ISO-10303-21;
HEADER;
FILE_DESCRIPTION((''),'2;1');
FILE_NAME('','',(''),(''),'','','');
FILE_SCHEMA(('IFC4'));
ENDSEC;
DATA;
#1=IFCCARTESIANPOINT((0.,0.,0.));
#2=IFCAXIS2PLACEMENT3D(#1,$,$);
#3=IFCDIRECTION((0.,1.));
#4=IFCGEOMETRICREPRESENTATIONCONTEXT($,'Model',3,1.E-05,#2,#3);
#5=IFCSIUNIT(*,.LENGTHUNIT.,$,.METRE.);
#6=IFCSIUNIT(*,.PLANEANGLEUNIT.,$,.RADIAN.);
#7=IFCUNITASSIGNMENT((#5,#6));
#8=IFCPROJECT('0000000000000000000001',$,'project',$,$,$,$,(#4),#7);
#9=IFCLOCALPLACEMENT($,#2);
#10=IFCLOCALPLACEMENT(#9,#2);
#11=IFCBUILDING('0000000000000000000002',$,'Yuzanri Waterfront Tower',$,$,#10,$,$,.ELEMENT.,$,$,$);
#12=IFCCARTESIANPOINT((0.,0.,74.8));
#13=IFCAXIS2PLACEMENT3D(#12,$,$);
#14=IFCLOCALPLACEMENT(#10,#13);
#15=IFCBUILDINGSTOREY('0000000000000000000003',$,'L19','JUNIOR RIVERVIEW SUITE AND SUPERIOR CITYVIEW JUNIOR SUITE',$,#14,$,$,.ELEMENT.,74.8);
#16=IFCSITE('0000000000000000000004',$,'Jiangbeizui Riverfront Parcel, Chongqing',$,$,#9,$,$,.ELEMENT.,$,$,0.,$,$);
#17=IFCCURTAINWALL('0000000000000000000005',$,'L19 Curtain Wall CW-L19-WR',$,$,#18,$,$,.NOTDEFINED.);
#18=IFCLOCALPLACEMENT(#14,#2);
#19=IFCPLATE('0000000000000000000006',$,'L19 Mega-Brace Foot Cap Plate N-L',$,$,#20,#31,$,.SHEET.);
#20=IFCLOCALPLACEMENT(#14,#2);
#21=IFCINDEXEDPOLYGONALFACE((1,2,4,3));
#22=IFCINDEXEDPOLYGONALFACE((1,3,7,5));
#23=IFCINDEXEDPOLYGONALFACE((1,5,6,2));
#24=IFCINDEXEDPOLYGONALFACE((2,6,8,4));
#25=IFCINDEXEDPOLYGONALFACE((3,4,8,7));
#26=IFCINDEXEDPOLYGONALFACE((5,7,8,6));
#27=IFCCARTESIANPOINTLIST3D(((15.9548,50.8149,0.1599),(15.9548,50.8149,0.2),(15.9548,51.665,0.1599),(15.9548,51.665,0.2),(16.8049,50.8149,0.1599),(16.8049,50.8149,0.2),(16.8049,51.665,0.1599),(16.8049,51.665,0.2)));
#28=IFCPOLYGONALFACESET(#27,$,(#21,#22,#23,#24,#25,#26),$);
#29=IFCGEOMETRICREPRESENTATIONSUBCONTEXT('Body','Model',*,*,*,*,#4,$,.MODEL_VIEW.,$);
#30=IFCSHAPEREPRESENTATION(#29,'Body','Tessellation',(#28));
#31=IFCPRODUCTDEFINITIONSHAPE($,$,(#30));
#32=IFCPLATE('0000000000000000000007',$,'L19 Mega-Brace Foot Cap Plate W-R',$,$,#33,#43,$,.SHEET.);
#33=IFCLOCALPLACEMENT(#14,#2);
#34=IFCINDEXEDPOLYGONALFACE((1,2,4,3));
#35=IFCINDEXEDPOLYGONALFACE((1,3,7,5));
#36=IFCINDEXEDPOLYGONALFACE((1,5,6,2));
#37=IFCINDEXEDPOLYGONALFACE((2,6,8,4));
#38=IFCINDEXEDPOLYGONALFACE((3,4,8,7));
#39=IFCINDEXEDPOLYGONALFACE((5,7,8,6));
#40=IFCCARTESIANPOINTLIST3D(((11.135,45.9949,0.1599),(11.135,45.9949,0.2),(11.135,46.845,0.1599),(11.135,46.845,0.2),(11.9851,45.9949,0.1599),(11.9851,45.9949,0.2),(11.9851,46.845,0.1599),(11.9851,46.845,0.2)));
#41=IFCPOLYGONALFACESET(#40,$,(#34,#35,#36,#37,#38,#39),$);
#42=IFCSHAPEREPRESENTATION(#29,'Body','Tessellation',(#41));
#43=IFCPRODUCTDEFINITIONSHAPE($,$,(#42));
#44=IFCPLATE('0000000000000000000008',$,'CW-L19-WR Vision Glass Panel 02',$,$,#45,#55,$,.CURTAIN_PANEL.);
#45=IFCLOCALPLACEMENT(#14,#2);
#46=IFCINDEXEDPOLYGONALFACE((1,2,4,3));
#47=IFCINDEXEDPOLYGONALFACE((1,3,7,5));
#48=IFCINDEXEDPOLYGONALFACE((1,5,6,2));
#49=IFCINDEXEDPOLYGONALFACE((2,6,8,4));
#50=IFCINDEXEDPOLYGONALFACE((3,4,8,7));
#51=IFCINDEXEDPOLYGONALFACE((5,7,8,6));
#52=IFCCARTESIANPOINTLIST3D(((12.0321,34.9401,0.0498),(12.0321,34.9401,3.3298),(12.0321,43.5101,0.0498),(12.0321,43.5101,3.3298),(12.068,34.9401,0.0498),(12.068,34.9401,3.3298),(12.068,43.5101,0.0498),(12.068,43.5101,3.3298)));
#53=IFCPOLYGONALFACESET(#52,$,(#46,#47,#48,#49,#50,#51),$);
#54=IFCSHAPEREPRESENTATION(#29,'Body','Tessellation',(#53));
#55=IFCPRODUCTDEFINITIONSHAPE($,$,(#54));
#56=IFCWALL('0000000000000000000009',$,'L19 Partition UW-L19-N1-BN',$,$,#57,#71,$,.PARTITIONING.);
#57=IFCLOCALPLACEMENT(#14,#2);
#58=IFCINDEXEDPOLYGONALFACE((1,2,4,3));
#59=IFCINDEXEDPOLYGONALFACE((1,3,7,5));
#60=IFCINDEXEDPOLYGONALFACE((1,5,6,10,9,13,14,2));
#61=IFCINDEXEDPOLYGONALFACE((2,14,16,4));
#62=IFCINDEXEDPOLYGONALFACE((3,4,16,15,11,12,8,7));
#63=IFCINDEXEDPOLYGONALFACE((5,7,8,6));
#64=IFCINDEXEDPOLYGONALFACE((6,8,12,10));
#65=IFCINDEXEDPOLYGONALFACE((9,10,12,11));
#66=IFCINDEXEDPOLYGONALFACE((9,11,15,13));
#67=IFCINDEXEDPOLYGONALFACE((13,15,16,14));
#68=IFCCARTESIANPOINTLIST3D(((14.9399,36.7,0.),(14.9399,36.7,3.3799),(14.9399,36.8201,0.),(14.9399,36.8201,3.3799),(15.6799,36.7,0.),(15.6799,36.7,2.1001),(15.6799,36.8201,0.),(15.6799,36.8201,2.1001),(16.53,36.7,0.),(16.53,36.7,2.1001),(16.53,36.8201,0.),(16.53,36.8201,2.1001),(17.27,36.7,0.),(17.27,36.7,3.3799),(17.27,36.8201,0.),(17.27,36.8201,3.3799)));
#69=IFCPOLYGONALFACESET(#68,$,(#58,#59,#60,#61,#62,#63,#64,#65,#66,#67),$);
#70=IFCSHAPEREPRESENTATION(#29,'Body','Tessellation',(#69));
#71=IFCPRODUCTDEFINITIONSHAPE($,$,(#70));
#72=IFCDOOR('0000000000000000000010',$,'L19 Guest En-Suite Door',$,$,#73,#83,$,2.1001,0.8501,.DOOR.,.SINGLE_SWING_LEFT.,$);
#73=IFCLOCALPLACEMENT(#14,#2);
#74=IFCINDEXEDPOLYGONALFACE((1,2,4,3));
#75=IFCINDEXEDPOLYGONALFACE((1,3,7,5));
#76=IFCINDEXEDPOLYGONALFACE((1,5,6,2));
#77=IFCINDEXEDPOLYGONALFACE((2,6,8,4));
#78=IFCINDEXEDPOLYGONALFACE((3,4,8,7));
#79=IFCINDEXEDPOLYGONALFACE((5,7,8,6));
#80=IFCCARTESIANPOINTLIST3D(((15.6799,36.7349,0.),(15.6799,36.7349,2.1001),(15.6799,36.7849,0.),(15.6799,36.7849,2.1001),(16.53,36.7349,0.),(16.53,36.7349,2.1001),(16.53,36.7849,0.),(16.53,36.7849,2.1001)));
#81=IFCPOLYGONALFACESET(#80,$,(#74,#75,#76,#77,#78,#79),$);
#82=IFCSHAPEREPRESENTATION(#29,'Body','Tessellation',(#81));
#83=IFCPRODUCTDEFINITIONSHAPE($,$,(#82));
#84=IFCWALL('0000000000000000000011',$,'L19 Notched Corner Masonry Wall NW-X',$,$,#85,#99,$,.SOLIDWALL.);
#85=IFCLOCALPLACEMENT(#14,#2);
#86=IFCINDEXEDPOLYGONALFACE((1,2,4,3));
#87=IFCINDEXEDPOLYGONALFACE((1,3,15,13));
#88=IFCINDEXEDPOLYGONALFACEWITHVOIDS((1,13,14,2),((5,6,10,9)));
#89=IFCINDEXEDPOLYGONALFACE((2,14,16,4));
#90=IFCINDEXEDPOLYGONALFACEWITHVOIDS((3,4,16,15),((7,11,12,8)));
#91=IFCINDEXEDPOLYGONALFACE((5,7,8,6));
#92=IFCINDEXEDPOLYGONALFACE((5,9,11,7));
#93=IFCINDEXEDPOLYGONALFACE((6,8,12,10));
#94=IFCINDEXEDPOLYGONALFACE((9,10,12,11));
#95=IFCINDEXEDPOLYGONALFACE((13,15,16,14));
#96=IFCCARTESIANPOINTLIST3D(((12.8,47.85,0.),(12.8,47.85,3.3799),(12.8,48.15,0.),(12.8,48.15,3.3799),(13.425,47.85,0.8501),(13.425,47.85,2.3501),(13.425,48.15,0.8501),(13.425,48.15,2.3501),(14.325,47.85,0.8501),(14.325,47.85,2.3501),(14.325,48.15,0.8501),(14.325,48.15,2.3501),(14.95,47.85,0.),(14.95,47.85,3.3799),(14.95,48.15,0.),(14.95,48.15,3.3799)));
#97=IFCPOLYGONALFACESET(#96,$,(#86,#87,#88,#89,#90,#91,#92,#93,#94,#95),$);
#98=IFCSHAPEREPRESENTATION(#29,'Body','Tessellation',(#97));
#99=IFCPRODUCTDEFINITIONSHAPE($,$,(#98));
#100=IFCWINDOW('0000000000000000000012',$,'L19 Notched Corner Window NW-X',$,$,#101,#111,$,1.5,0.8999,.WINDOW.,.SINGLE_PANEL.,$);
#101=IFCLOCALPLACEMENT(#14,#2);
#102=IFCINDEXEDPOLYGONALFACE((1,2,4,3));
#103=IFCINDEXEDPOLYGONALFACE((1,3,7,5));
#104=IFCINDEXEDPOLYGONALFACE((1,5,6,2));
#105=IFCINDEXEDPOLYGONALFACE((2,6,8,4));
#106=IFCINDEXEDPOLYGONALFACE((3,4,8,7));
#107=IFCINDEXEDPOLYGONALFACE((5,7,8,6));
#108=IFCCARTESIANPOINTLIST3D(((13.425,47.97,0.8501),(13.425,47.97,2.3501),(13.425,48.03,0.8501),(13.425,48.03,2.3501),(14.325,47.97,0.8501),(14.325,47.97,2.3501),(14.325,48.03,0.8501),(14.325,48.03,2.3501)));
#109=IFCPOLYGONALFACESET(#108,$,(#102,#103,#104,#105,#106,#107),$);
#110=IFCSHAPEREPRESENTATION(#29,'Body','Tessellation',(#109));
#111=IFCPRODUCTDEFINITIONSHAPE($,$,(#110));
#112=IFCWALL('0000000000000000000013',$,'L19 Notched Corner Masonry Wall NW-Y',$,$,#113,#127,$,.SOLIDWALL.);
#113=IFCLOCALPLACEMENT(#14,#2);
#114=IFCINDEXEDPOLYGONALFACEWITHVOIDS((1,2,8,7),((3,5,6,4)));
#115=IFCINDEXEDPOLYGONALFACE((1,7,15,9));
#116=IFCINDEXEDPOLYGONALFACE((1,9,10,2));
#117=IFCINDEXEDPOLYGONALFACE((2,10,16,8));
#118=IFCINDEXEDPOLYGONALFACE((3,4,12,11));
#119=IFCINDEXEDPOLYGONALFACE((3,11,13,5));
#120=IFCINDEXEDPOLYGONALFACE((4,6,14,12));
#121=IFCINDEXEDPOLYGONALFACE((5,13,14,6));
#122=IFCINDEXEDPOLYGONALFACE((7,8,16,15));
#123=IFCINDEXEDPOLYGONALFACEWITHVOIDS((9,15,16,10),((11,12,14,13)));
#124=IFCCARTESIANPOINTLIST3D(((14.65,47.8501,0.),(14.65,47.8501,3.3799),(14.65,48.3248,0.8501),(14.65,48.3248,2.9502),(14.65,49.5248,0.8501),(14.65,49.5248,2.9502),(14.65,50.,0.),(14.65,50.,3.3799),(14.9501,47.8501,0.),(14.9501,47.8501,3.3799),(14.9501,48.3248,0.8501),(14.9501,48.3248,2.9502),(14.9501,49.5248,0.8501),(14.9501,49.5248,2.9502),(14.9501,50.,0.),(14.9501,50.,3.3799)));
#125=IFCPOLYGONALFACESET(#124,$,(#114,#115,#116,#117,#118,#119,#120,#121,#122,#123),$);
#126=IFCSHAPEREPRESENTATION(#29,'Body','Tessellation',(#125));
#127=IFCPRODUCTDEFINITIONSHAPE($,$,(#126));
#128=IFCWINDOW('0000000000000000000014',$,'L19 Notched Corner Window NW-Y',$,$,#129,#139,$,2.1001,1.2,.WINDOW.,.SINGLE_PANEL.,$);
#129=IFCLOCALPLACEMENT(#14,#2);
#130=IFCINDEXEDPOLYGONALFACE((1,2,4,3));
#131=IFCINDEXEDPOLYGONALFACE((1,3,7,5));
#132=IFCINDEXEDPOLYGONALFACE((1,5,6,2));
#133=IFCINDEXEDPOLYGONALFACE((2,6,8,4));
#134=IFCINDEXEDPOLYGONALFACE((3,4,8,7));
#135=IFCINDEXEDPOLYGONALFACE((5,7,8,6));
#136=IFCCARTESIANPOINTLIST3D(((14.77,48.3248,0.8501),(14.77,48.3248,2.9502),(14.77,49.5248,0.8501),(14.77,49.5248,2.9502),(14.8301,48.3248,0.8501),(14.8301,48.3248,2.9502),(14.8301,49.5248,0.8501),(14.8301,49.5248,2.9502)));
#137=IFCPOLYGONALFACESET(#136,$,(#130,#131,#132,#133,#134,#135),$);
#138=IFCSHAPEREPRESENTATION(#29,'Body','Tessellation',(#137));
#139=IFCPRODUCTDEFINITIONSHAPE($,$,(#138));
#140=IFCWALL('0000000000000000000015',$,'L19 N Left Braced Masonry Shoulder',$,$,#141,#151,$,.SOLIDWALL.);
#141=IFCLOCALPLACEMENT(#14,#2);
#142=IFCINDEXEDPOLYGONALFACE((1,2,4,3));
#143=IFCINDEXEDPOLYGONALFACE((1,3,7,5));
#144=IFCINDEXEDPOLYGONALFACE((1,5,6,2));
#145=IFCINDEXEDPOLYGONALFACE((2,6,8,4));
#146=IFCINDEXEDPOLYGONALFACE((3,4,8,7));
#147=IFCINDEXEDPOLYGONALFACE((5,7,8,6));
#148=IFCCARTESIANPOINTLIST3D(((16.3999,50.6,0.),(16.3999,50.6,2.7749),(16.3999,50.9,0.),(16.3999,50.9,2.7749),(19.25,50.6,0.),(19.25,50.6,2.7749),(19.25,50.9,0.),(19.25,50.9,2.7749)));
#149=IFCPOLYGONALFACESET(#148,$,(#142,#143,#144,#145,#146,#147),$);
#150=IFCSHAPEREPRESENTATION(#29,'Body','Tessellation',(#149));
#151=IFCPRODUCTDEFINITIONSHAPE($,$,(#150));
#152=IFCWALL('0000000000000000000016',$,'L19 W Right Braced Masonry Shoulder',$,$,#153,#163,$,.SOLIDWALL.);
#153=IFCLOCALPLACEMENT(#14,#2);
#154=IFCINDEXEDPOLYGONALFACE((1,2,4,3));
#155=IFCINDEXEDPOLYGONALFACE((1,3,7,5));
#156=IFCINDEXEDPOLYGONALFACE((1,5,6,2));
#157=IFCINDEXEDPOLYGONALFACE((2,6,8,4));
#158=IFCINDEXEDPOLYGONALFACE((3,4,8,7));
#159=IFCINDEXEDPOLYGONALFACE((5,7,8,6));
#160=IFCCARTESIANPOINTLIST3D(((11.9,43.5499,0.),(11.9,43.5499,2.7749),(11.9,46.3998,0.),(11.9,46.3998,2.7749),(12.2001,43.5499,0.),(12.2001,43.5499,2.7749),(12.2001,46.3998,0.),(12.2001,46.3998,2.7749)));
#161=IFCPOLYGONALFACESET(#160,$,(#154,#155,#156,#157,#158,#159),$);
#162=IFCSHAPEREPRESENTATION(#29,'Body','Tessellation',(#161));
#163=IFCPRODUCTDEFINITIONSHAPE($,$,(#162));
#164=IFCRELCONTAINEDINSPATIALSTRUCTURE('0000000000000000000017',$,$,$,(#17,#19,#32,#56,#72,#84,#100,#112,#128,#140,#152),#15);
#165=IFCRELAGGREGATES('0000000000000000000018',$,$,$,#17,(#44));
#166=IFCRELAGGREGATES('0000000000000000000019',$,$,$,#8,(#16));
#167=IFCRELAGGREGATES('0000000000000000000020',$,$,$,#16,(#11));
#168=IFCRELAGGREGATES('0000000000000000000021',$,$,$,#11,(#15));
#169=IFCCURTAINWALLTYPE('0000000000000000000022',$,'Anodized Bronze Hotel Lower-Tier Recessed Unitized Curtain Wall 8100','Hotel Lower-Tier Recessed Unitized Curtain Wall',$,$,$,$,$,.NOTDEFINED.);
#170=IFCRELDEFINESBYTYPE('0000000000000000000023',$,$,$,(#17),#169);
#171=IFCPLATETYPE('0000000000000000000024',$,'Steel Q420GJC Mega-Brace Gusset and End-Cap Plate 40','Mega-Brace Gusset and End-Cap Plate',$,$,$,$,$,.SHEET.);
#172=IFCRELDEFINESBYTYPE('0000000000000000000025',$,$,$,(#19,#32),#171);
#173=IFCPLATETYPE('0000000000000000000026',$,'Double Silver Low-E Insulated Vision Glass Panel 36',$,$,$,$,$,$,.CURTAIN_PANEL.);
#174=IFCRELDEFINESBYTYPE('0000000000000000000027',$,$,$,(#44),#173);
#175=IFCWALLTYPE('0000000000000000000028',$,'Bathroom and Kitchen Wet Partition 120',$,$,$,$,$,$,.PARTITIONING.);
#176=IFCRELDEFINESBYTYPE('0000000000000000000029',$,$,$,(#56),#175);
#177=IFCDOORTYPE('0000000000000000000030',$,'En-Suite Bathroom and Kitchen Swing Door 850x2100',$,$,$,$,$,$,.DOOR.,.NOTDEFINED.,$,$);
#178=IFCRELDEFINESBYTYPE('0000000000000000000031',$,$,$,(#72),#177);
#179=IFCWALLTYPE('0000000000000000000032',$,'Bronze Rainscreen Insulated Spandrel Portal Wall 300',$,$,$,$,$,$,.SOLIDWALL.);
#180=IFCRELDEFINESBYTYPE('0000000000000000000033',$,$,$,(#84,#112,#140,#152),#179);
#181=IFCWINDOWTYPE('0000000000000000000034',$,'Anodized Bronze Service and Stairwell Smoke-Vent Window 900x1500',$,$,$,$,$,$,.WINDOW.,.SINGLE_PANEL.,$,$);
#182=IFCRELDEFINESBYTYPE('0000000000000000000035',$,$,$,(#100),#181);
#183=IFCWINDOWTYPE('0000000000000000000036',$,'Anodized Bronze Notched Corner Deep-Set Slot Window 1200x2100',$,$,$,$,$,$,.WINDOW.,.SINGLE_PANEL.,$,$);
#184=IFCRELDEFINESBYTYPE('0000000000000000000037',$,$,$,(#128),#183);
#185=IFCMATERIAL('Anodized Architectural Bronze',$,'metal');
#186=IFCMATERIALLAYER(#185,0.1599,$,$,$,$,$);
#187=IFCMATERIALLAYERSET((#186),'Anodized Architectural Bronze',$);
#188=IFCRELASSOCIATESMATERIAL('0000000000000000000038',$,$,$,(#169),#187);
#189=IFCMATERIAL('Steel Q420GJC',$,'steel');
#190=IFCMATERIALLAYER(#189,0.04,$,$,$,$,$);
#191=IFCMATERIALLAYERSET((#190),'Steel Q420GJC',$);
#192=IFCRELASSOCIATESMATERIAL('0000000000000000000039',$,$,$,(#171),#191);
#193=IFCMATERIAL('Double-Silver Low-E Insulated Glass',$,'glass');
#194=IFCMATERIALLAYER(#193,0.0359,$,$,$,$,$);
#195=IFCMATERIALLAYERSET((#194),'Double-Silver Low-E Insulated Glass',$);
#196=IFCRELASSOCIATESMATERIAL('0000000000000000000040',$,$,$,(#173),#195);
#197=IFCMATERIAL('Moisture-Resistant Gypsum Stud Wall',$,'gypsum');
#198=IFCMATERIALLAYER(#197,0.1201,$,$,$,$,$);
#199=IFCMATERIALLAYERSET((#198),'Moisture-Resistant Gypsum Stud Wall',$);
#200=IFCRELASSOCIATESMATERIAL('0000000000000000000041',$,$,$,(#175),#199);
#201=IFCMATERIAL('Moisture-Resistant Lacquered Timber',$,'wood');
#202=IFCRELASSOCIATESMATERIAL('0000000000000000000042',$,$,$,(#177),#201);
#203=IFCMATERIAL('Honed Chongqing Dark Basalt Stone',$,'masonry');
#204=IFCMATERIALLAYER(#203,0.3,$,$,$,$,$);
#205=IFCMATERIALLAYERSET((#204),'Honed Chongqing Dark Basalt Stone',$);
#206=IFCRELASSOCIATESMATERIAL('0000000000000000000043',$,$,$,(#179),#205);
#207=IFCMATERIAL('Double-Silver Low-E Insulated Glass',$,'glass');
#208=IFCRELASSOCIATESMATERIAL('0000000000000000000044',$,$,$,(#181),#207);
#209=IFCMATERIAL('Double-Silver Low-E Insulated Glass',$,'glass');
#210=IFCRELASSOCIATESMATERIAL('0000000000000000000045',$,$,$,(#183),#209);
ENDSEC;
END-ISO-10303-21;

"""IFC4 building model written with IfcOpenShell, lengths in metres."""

from ifc_helpers import new_model, si_unit, direction, frame, frame_2d, origin, origin_2d, place, context, subcontext, project, spatial, rectangle, extrude, source, transform, mapped, material, layer, layer_set, type_object, element, fill, aggregate, save


model = new_model("IFC4")

# Units and contexts
model_context = context("Model", 3, precision=1e-05, world=origin(), true_north=direction((0.0, 1.0)))
body_context = subcontext(model_context, "Body", "Model", "MODEL_VIEW")
ifc_project = project(units=[si_unit("LENGTHUNIT", "METRE"), si_unit("PLANEANGLEUNIT", "RADIAN")], contexts=[model_context])

# Site, building, storey
site_placement = place(None, origin())
site = spatial("IfcSite", under=ifc_project, at=site_placement, Name="Jiangbeizui Riverfront Parcel, Chongqing", CompositionType="ELEMENT", RefElevation=0.0)
building_placement = place(site_placement, origin())
building = spatial("IfcBuilding", under=site, at=building_placement, Name="Yuzanri Waterfront Tower", CompositionType="ELEMENT")
storey_placement = place(building_placement, frame((0.0, 0.0, 74.8)))
storey = spatial("IfcBuildingStorey", under=building, at=storey_placement, Name="L19", Description="JUNIOR RIVERVIEW SUITE AND SUPERIOR CITYVIEW JUNIOR SUITE", CompositionType="ELEMENT", Elevation=74.8)

# Curtain wall
ifc_material_1 = material(Name="Anodized Architectural Bronze", Category="metal")
ifc_layer_1 = layer(ifc_material_1, 0.1599)
ifc_layer_set_1 = layer_set([ifc_layer_1], Name="Anodized Architectural Bronze")
curtain_wall_type = type_object("IfcCurtainWallType", Name="Anodized Bronze Hotel Lower-Tier Recessed Unitized Curtain Wall 8100", Description="Hotel Lower-Tier Recessed Unitized Curtain Wall", PredefinedType="NOTDEFINED", material=ifc_layer_set_1)
curtain_wall_placement = place(storey_placement, origin())
curtain_wall = element("IfcCurtainWall", 1, at=curtain_wall_placement, inside=storey, type_object=curtain_wall_type, Name="L19 Curtain Wall CW-L19-WR", PredefinedType="NOTDEFINED")

# Plates
ifc_material_2 = material(Name="Steel Q420GJC", Category="steel")
ifc_layer_2 = layer(ifc_material_2, 0.04)
ifc_layer_set_2 = layer_set([ifc_layer_2], Name="Steel Q420GJC")
plate_type_1 = type_object("IfcPlateType", Name="Steel Q420GJC Mega-Brace Gusset and End-Cap Plate 40", Description="Mega-Brace Gusset and End-Cap Plate", PredefinedType="SHEET", material=ifc_layer_set_2)
shared_shape_1 = source(origin(), body_context, "Body", "SweptSolid", [
    extrude(rectangle(XDim=0.8501, YDim=0.8501, at=origin_2d()), origin(), (0.0, 0.0, 1.0), 0.04),
])
for number, where, z_axis, x_axis, name in (
    (2, (16.3799, 51.24, 0.1599), (0.0, 0.0, 1.0), (1.0, 0.0, 0.0), "L19 Mega-Brace Foot Cap Plate N-L"),
    (3, (11.5601, 46.4199, 0.1599), (0.0, 0.0, 1.0), (1.0, 0.0, 0.0), "L19 Mega-Brace Foot Cap Plate W-R"),
):
    element("IfcPlate", number, at=place(storey_placement, frame(where, z_axis=z_axis, x_axis=x_axis)), inside=storey, type_object=plate_type_1, Name=name, PredefinedType="SHEET", context=body_context, shape_type="MappedRepresentation", body=[
        mapped(shared_shape_1, transform((0.0, 0.0, 0.0), scale=1.0)),
    ])

# Plate
ifc_material_3 = material(Name="Double-Silver Low-E Insulated Glass", Category="glass")
ifc_layer_3 = layer(ifc_material_3, 0.0359)
ifc_layer_set_3 = layer_set([ifc_layer_3], Name="Double-Silver Low-E Insulated Glass")
plate_type_2 = type_object("IfcPlateType", Name="Double Silver Low-E Insulated Vision Glass Panel 36", PredefinedType="CURTAIN_PANEL", material=ifc_layer_set_3)
shared_shape_2 = source(origin(), body_context, "Body", "SweptSolid", [
    extrude(rectangle(XDim=8.5701, YDim=0.0359, at=origin_2d()), origin(), (0.0, 0.0, 1.0), 3.28),
])
plate_placement = place(storey_placement, frame((12.05, 39.2251, 0.0498), z_axis=(0.0, 0.0, 1.0), x_axis=(0.0, 1.0, 0.0)))
plate = element("IfcPlate", 4, at=plate_placement, type_object=plate_type_2, Name="CW-L19-WR Vision Glass Panel 02", PredefinedType="CURTAIN_PANEL", context=body_context, shape_type="MappedRepresentation", body=[
    mapped(shared_shape_2, transform((0.0, 0.0, 0.0), scale=1.0)),
])
aggregate(curtain_wall, [plate])

# Wall, opening, door
ifc_material_4 = material(Name="Moisture-Resistant Gypsum Stud Wall", Category="gypsum")
ifc_layer_4 = layer(ifc_material_4, 0.1201)
ifc_layer_set_4 = layer_set([ifc_layer_4], Name="Moisture-Resistant Gypsum Stud Wall")
wall_type_1 = type_object("IfcWallType", Name="Bathroom and Kitchen Wet Partition 120", PredefinedType="PARTITIONING", material=ifc_layer_set_4)
wall_1_placement = place(storey_placement, frame((14.9399, 36.76, 0.0), z_axis=(0.0, 0.0, 1.0), x_axis=(1.0, 0.0, 0.0)))
wall_1 = element("IfcWall", 5, at=wall_1_placement, inside=storey, type_object=wall_type_1, Name="L19 Partition UW-L19-N1-BN", PredefinedType="PARTITIONING", context=body_context, shape_type="SweptSolid", body=[
    extrude(rectangle(XDim=2.3301, YDim=0.1201, at=frame_2d((1.165, 0.0))), origin(), (0.0, 0.0, 1.0), 3.3799),
])
opening_1_placement = place(wall_1_placement, frame((0.74, 0.0, 0.0)))
opening_1 = element("IfcOpeningElement", 6, at=opening_1_placement, cuts=wall_1, PredefinedType="OPENING", context=body_context, shape_type="SweptSolid", body=[
    extrude(rectangle(XDim=0.8501, YDim=2.1001, at=frame_2d((0.425, 1.05))), frame((0.0, 0.075, 0.0), z_axis=(0.0, -1.0, 0.0), x_axis=(1.0, 0.0, 0.0)), (0.0, 0.0, 1.0), 0.1499),
])
ifc_material_5 = material(Name="Moisture-Resistant Lacquered Timber", Category="wood")
door_type = type_object("IfcDoorType", Name="En-Suite Bathroom and Kitchen Swing Door 850x2100", OperationType="NOTDEFINED", PredefinedType="DOOR", material=ifc_material_5)
shared_shape_3 = source(origin(), body_context, "Body", "SweptSolid", [
    extrude(rectangle(XDim=0.8501, YDim=2.1001, at=frame_2d((0.425, 1.05))), frame((0.0, 0.0249, 0.0), z_axis=(0.0, -1.0, 0.0), x_axis=(1.0, 0.0, 0.0)), (0.0, 0.0, 1.0), 0.05),
])
door_placement = place(opening_1_placement, origin())
door = element("IfcDoor", 7, at=door_placement, inside=storey, type_object=door_type, Name="L19 Guest En-Suite Door", OperationType="SINGLE_SWING_LEFT", OverallHeight=2.1001, OverallWidth=0.8501, PredefinedType="DOOR", context=body_context, shape_type="MappedRepresentation", body=[
    mapped(shared_shape_3, transform((0.0, 0.0, 0.0), scale=1.0)),
])
fill(opening_1, door)

# Walls, openings, windows
ifc_material_6 = material(Name="Honed Chongqing Dark Basalt Stone", Category="masonry")
ifc_layer_5 = layer(ifc_material_6, 0.3)
ifc_layer_set_5 = layer_set([ifc_layer_5], Name="Honed Chongqing Dark Basalt Stone")
wall_type_2 = type_object("IfcWallType", Name="Bronze Rainscreen Insulated Spandrel Portal Wall 300", PredefinedType="SOLIDWALL", material=ifc_layer_set_5)
wall_2_placement = place(storey_placement, frame((14.95, 48.0, 0.0), z_axis=(0.0, 0.0, 1.0), x_axis=(-1.0, 0.0, 0.0)))
wall_2 = element("IfcWall", 8, at=wall_2_placement, inside=storey, type_object=wall_type_2, Name="L19 Notched Corner Masonry Wall NW-X", PredefinedType="SOLIDWALL", context=body_context, shape_type="SweptSolid", body=[
    extrude(rectangle(XDim=2.1499, YDim=0.3, at=frame_2d((1.075, 0.0))), origin(), (0.0, 0.0, 1.0), 3.3799),
])
opening_2_placement = place(wall_2_placement, frame((0.625, 0.0, 0.8501)))
opening_2 = element("IfcOpeningElement", 9, at=opening_2_placement, cuts=wall_2, PredefinedType="OPENING", context=body_context, shape_type="SweptSolid", body=[
    extrude(rectangle(XDim=0.8999, YDim=1.5, at=frame_2d((0.45, 0.75))), frame((0.0, 0.165, 0.0), z_axis=(0.0, -1.0, 0.0), x_axis=(1.0, 0.0, 0.0)), (0.0, 0.0, 1.0), 0.3298),
])
ifc_material_7 = material(Name="Double-Silver Low-E Insulated Glass", Category="glass")
window_type_1 = type_object("IfcWindowType", Name="Anodized Bronze Service and Stairwell Smoke-Vent Window 900x1500", PartitioningType="SINGLE_PANEL", PredefinedType="WINDOW", material=ifc_material_7)
shared_shape_4 = source(origin(), body_context, "Body", "SweptSolid", [
    extrude(rectangle(XDim=0.8999, YDim=1.5, at=frame_2d((0.45, 0.75))), frame((0.0, 0.03, 0.0), z_axis=(0.0, -1.0, 0.0), x_axis=(1.0, 0.0, 0.0)), (0.0, 0.0, 1.0), 0.0601),
])
window_1_placement = place(opening_2_placement, origin())
window_1 = element("IfcWindow", 10, at=window_1_placement, inside=storey, type_object=window_type_1, Name="L19 Notched Corner Window NW-X", OverallHeight=1.5, OverallWidth=0.8999, PartitioningType="SINGLE_PANEL", PredefinedType="WINDOW", context=body_context, shape_type="MappedRepresentation", body=[
    mapped(shared_shape_4, transform((0.0, 0.0, 0.0), scale=1.0)),
])
fill(opening_2, window_1)
wall_3_placement = place(storey_placement, frame((14.8, 50.0, 0.0), z_axis=(0.0, 0.0, 1.0), x_axis=(0.0, -1.0, 0.0)))
wall_3 = element("IfcWall", 11, at=wall_3_placement, inside=storey, type_object=wall_type_2, Name="L19 Notched Corner Masonry Wall NW-Y", PredefinedType="SOLIDWALL", context=body_context, shape_type="SweptSolid", body=[
    extrude(rectangle(XDim=2.1499, YDim=0.3, at=frame_2d((1.075, 0.0))), origin(), (0.0, 0.0, 1.0), 3.3799),
])
opening_3_placement = place(wall_3_placement, frame((0.4751, 0.0, 0.8501)))
opening_3 = element("IfcOpeningElement", 12, at=opening_3_placement, cuts=wall_3, PredefinedType="OPENING", context=body_context, shape_type="SweptSolid", body=[
    extrude(rectangle(XDim=1.2, YDim=2.1001, at=frame_2d((0.6001, 1.05))), frame((0.0, 0.165, 0.0), z_axis=(0.0, -1.0, 0.0), x_axis=(1.0, 0.0, 0.0)), (0.0, 0.0, 1.0), 0.3298),
])
ifc_material_8 = material(Name="Double-Silver Low-E Insulated Glass", Category="glass")
window_type_2 = type_object("IfcWindowType", Name="Anodized Bronze Notched Corner Deep-Set Slot Window 1200x2100", PartitioningType="SINGLE_PANEL", PredefinedType="WINDOW", material=ifc_material_8)
shared_shape_5 = source(origin(), body_context, "Body", "SweptSolid", [
    extrude(rectangle(XDim=1.2, YDim=2.1001, at=frame_2d((0.6001, 1.05))), frame((0.0, 0.03, 0.0), z_axis=(0.0, -1.0, 0.0), x_axis=(1.0, 0.0, 0.0)), (0.0, 0.0, 1.0), 0.0601),
])
window_2_placement = place(opening_3_placement, origin())
window_2 = element("IfcWindow", 13, at=window_2_placement, inside=storey, type_object=window_type_2, Name="L19 Notched Corner Window NW-Y", OverallHeight=2.1001, OverallWidth=1.2, PartitioningType="SINGLE_PANEL", PredefinedType="WINDOW", context=body_context, shape_type="MappedRepresentation", body=[
    mapped(shared_shape_5, transform((0.0, 0.0, 0.0), scale=1.0)),
])
fill(opening_3, window_2)

# Walls
shared_shape_6 = source(origin(), body_context, "Body", "SweptSolid", [
    extrude(rectangle(XDim=2.8501, YDim=0.3, at=frame_2d((1.425, 0.0))), origin(), (0.0, 0.0, 1.0), 2.7749),
])
wall_4_placement = place(storey_placement, frame((16.3999, 50.75, 0.0), z_axis=(0.0, 0.0, 1.0), x_axis=(1.0, 0.0, 0.0)))
element("IfcWall", 14, at=wall_4_placement, inside=storey, type_object=wall_type_2, Name="L19 N Left Braced Masonry Shoulder", PredefinedType="SOLIDWALL", context=body_context, shape_type="MappedRepresentation", body=[
    mapped(shared_shape_6, transform((0.0, 0.0, 0.0), scale=1.0)),
])
shared_shape_7 = source(origin(), body_context, "Body", "SweptSolid", [
    extrude(rectangle(XDim=2.8499, YDim=0.3, at=frame_2d((1.4248, 0.0))), origin(), (0.0, 0.0, 1.0), 2.7749),
])
wall_5_placement = place(storey_placement, frame((12.05, 43.55, 0.0), z_axis=(0.0, 0.0, 1.0), x_axis=(0.0, 1.0, 0.0)))
element("IfcWall", 15, at=wall_5_placement, inside=storey, type_object=wall_type_2, Name="L19 W Right Braced Masonry Shoulder", PredefinedType="SOLIDWALL", context=body_context, shape_type="MappedRepresentation", body=[
    mapped(shared_shape_7, transform((0.0, 0.0, 0.0), scale=1.0)),
])

save(model, "model.ifc")
